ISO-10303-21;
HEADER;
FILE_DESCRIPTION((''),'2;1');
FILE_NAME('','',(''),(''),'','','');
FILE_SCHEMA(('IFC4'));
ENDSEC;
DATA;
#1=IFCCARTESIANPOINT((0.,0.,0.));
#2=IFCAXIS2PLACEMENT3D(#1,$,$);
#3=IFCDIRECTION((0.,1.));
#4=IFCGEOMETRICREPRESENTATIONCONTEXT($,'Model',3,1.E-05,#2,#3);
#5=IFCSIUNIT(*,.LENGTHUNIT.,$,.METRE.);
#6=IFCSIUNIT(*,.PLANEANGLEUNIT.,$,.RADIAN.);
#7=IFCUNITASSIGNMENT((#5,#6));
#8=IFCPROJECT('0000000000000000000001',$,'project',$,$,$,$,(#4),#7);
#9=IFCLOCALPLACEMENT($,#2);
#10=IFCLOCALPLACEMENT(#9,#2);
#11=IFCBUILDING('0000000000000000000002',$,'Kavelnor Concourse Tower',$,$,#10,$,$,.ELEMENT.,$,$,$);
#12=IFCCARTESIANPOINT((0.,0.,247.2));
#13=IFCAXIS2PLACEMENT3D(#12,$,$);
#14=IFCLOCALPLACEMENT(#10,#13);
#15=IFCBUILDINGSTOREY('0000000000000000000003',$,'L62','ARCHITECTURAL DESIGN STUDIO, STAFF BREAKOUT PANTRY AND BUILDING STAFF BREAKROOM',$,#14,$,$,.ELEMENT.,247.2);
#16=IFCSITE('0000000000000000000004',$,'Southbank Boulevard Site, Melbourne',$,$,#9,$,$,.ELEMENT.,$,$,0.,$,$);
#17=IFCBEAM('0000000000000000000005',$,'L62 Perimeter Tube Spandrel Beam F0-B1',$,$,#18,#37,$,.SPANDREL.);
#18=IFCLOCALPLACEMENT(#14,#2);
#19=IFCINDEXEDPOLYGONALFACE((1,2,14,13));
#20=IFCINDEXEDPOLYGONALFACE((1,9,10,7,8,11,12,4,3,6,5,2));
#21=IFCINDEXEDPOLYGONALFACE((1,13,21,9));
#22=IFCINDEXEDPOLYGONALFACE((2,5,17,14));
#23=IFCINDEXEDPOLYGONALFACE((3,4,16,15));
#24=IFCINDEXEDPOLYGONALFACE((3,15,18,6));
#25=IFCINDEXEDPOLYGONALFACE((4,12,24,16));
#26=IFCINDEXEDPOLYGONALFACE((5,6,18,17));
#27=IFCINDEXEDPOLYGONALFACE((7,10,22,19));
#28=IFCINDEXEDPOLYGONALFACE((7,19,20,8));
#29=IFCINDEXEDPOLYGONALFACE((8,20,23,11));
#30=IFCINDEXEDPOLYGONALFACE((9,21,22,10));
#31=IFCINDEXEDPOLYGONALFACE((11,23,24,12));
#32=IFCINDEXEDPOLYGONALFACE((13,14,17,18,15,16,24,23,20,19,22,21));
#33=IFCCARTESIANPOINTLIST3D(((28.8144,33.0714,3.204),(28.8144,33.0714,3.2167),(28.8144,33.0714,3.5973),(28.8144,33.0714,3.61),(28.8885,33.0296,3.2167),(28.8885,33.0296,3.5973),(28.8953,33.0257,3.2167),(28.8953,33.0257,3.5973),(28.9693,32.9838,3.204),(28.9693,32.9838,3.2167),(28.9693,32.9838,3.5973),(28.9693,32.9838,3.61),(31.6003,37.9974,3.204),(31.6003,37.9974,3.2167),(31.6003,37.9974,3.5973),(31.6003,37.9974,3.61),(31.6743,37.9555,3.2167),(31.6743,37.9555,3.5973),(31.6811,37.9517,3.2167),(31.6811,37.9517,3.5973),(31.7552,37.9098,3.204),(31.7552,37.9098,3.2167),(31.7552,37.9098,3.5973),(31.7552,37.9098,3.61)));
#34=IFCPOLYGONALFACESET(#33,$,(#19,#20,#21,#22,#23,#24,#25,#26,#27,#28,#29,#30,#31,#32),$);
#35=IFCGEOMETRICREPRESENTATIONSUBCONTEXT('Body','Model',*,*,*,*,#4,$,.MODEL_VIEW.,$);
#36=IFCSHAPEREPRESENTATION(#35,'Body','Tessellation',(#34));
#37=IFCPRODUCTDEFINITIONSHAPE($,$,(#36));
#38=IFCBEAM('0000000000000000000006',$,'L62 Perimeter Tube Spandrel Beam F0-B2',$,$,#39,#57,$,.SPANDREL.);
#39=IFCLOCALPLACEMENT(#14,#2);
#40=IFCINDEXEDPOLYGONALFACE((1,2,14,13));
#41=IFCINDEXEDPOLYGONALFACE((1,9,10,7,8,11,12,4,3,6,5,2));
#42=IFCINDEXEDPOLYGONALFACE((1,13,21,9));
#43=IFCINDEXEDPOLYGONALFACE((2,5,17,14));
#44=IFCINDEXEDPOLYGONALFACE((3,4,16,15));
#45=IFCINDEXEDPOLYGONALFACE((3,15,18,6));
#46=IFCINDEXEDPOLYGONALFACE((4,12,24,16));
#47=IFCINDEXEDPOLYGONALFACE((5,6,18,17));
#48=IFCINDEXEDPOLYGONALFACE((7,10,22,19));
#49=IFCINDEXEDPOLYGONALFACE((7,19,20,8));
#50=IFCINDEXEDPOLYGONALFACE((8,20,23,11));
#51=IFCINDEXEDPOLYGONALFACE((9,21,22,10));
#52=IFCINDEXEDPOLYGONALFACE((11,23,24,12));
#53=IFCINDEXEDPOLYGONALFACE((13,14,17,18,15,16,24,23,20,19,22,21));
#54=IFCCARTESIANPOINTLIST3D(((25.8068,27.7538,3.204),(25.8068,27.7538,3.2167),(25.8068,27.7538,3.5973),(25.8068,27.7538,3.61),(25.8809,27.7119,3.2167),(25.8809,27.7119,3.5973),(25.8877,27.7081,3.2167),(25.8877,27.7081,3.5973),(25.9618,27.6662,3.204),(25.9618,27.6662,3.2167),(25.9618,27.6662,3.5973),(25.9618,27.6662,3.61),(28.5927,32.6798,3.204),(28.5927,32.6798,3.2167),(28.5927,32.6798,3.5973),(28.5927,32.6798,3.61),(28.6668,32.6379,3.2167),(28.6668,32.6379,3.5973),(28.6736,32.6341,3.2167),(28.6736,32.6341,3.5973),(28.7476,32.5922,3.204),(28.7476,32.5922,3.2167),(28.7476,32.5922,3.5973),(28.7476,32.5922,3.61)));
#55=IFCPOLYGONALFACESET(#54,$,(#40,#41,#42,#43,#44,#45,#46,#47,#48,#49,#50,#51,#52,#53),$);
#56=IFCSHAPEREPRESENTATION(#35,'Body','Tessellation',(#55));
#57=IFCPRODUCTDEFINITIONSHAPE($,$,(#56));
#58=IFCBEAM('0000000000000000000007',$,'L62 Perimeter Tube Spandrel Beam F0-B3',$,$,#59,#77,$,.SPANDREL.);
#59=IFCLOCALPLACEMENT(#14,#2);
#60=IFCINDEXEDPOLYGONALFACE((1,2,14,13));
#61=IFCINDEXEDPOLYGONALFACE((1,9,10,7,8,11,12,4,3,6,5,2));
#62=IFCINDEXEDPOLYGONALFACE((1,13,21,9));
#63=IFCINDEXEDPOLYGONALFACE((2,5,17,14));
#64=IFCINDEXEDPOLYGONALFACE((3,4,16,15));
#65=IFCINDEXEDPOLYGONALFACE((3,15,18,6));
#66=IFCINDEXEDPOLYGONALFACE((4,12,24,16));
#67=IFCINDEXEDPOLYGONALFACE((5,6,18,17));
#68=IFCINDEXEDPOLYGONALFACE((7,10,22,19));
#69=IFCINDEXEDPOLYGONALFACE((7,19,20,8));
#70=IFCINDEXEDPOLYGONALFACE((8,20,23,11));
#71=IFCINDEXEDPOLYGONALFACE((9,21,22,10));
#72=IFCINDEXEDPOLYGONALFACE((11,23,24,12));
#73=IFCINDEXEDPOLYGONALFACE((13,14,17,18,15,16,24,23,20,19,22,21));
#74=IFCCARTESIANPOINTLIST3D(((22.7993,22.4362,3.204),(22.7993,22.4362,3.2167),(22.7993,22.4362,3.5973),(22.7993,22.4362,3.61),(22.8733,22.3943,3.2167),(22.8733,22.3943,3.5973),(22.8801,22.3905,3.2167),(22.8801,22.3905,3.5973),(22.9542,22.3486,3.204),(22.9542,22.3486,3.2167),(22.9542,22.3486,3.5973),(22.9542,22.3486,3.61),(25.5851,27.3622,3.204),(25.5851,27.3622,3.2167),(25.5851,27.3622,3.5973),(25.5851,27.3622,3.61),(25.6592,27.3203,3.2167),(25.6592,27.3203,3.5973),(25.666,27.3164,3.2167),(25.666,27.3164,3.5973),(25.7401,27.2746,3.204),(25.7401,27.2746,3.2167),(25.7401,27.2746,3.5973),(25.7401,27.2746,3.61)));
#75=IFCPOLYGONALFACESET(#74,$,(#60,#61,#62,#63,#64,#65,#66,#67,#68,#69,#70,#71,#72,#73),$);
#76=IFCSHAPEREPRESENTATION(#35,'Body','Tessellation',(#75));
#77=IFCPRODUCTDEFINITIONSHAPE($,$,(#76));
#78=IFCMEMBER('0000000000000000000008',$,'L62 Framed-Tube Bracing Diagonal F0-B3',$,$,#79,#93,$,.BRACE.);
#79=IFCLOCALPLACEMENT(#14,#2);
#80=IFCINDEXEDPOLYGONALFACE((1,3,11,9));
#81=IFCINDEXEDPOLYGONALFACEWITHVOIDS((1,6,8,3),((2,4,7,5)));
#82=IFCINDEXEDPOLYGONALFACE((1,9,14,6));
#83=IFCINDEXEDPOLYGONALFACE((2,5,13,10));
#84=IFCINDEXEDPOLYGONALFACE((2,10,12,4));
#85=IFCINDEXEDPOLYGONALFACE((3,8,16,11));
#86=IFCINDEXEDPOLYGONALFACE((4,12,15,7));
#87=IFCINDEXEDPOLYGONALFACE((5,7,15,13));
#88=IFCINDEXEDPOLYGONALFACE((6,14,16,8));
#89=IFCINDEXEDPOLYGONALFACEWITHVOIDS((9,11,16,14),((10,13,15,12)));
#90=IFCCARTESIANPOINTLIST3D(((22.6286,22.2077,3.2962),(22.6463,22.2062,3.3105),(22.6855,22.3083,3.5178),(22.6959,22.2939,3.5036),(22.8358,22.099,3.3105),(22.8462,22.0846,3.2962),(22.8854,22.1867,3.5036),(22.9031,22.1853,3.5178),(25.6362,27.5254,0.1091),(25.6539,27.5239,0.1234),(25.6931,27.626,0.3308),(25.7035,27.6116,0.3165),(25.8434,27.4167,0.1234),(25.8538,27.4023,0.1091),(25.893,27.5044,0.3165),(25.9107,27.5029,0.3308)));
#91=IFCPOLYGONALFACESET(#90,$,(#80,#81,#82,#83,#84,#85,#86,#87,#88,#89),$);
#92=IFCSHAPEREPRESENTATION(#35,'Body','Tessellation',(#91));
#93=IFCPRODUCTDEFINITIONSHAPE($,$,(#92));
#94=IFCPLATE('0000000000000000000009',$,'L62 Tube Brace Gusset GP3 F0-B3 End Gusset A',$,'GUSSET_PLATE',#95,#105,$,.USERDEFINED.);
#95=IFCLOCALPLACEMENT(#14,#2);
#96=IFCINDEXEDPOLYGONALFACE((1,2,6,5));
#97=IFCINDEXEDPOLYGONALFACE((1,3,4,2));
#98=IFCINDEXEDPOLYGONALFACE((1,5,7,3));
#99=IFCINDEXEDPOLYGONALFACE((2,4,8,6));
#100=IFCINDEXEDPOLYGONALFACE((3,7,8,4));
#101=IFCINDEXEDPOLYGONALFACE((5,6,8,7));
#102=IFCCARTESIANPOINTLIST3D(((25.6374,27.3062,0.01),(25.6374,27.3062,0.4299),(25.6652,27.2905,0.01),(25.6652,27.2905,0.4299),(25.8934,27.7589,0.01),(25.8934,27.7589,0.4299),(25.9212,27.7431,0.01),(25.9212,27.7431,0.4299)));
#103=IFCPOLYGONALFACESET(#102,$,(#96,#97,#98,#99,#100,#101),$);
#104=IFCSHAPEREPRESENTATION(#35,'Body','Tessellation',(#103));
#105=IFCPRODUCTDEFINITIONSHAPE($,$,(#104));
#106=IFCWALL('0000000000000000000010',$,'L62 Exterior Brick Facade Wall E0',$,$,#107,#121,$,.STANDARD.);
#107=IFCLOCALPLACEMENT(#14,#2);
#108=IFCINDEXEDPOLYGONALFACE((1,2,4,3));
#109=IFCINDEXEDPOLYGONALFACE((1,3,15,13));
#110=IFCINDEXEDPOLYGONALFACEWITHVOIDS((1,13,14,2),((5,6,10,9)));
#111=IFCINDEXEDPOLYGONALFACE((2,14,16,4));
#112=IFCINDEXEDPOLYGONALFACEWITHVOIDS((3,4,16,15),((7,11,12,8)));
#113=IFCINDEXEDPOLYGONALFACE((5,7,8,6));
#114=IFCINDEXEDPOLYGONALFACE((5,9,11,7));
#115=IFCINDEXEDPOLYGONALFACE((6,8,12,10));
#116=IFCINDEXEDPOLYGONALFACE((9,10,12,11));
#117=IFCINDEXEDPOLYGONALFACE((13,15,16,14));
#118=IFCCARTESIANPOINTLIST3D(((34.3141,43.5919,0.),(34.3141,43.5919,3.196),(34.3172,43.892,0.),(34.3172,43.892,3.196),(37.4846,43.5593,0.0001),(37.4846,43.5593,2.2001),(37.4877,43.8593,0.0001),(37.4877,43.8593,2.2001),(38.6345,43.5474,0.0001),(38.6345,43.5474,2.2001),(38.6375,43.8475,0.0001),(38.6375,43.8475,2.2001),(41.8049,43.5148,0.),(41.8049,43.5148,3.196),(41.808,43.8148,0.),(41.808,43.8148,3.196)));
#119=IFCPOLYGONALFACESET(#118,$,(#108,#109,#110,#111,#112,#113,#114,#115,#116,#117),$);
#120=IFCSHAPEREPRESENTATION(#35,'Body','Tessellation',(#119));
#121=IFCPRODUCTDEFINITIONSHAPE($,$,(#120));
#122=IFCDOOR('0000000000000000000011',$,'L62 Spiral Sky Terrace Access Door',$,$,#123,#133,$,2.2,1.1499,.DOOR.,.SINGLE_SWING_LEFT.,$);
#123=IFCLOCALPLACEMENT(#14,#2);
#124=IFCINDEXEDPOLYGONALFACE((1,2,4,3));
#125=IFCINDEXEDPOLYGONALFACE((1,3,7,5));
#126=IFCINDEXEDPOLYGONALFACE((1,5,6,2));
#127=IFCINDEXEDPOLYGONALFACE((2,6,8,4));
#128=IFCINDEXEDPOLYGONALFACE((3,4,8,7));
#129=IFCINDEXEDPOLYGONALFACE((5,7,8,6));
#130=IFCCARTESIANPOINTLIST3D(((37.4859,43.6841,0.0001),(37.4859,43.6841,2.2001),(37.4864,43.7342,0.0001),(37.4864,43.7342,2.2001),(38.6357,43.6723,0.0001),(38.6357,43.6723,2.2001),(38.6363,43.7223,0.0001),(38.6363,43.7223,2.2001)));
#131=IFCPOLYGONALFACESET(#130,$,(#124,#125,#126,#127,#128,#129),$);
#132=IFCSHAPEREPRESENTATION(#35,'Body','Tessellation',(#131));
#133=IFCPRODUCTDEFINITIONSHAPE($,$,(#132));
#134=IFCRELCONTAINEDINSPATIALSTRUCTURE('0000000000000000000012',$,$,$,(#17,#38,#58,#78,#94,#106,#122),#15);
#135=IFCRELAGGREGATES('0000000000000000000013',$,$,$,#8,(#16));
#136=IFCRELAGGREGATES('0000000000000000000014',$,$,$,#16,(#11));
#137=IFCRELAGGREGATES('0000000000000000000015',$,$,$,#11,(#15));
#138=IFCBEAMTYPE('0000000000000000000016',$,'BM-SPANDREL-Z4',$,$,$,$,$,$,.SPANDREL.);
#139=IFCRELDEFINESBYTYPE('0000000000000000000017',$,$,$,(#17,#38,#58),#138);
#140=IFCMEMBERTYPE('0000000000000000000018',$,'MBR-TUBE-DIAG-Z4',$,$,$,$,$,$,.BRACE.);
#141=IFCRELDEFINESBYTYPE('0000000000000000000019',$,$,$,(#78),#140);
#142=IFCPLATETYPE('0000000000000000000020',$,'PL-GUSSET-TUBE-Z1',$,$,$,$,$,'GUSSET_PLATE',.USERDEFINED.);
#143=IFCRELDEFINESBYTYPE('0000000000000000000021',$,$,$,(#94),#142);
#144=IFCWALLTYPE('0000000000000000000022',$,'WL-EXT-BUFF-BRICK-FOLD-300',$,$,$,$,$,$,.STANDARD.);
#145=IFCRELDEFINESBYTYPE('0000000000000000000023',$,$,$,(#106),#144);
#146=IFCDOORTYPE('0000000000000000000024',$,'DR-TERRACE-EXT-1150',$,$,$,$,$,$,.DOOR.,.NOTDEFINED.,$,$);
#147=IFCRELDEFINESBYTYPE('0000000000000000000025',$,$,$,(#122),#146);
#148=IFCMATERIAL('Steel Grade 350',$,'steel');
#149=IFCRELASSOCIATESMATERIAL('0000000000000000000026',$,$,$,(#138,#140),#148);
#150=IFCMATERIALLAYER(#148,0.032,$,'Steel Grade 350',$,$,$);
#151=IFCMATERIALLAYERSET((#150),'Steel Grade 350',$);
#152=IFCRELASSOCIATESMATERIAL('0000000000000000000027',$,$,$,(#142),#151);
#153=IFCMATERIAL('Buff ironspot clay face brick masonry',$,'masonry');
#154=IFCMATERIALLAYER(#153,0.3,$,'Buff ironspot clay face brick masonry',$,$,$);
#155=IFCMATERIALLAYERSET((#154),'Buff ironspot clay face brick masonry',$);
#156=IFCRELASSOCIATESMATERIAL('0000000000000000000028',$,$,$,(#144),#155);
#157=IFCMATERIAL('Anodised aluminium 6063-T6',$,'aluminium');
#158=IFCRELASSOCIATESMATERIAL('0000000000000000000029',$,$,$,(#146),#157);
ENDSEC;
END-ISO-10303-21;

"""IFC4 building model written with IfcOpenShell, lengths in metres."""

from ifc_helpers import new_model, si_unit, direction, frame, frame_2d, origin, origin_2d, place, context, subcontext, project, spatial, rectangle, hollow_rectangle, i_section, extrude, material, layer, layer_set, material_profile, profile_set, type_object, element, fill, save


model = new_model("IFC4")

# Units and contexts
model_context = context("Model", 3, precision=1e-05, world=origin(), true_north=direction((0.0, 1.0)))
body_context = subcontext(model_context, "Body", "Model", "MODEL_VIEW")
ifc_project = project(units=[si_unit("LENGTHUNIT", "METRE"), si_unit("PLANEANGLEUNIT", "RADIAN")], contexts=[model_context])

# Site, building, storey
site_placement = place(None, origin())
site = spatial("IfcSite", under=ifc_project, at=site_placement, Name="Southbank Boulevard Site, Melbourne", CompositionType="ELEMENT", RefElevation=0.0)
building_placement = place(site_placement, origin())
building = spatial("IfcBuilding", under=site, at=building_placement, Name="Kavelnor Concourse Tower", CompositionType="ELEMENT")
storey_placement = place(building_placement, frame((0.0, 0.0, 247.2)))
storey = spatial("IfcBuildingStorey", under=building, at=storey_placement, Name="L62", Description="ARCHITECTURAL DESIGN STUDIO, STAFF BREAKOUT PANTRY AND BUILDING STAFF BREAKROOM", CompositionType="ELEMENT", Elevation=247.2)

# Shared definitions
ifc_material_1 = material(Name="Steel Grade 350", Category="steel")

# Beams
ifc_material_profile_1 = material_profile(ifc_material_1, i_section(OverallWidth=0.178, OverallDepth=0.406, WebThickness=0.0078, FlangeThickness=0.0127, at=origin_2d()), Name="410UB59")
ifc_profile_set_1 = profile_set([ifc_material_profile_1], Name="Steel Grade 350")
beam_type_1 = type_object("IfcBeamType", Name="BM-SPANDREL-Z4", PredefinedType="SPANDREL", material=ifc_profile_set_1)
for number, where, z_axis, x_axis, name in (
    (1, (31.6777, 37.9536, 3.407), (-0.492273, -0.870441, 0.0), (0.870441, -0.492273, 0.0), "L62 Perimeter Tube Spandrel Beam F0-B1"),
    (2, (28.6702, 32.636, 3.407), (-0.492273, -0.870441, 0.0), (0.870441, -0.492273, 0.0), "L62 Perimeter Tube Spandrel Beam F0-B2"),
    (3, (25.6626, 27.3184, 3.407), (-0.492273, -0.870441, 0.0), (0.870441, -0.492273, 0.0), "L62 Perimeter Tube Spandrel Beam F0-B3"),
):
    element("IfcBeam", number, at=place(storey_placement, frame(where, z_axis=z_axis, x_axis=x_axis)), inside=storey, type_object=beam_type_1, Name=name, PredefinedType="SPANDREL", context=body_context, shape_type="SweptSolid", body=[
        extrude(i_section(OverallWidth=0.178, OverallDepth=0.406, WebThickness=0.0078, FlangeThickness=0.0127, at=origin_2d()), origin(), (0.0, 0.0, 1.0), 5.6592),
    ])

# Member
ifc_material_profile_2 = material_profile(ifc_material_1, hollow_rectangle(XDim=0.25, YDim=0.25, WallThickness=0.0161, at=origin_2d()), Name="SHS 250x250x16")
ifc_profile_set_2 = profile_set([ifc_material_profile_2], Name="Steel Grade 350")
member_type = type_object("IfcMemberType", Name="MBR-TUBE-DIAG-Z4", PredefinedType="BRACE", material=ifc_profile_set_2)
member_placement = place(storey_placement, frame((25.7734, 27.5142, 0.22), z_axis=(-0.436477, -0.771728, 0.462519), x_axis=(0.870426, -0.4923, 0.0)))
element("IfcMember", 4, at=member_placement, inside=storey, type_object=member_type, Name="L62 Framed-Tube Bracing Diagonal F0-B3", PredefinedType="BRACE", context=body_context, shape_type="SweptSolid", body=[
    extrude(hollow_rectangle(XDim=0.25, YDim=0.25, WallThickness=0.0161, at=origin_2d()), origin(), (0.0, 0.0, 1.0), 6.8906),
])

# Plate
ifc_layer_1 = layer(ifc_material_1, 0.032, Name="Steel Grade 350")
ifc_layer_set_1 = layer_set([ifc_layer_1], Name="Steel Grade 350")
plate_type = type_object("IfcPlateType", Name="PL-GUSSET-TUBE-Z1", ElementType="GUSSET_PLATE", PredefinedType="USERDEFINED", material=ifc_layer_set_1)
plate_placement = place(storey_placement, frame((25.7793, 27.5247, 0.01), z_axis=(0.0, 0.0, 1.0), x_axis=(-0.492272, -0.870442, 0.0)))
element("IfcPlate", 5, at=plate_placement, inside=storey, type_object=plate_type, Name="L62 Tube Brace Gusset GP3 F0-B3 End Gusset A", ObjectType="GUSSET_PLATE", PredefinedType="USERDEFINED", context=body_context, shape_type="SweptSolid", body=[
    extrude(rectangle(XDim=0.52, YDim=0.032, at=origin_2d()), origin(), (0.0, 0.0, 1.0), 0.4199),
])

# Wall, opening, door
ifc_material_2 = material(Name="Buff ironspot clay face brick masonry", Category="masonry")
ifc_layer_2 = layer(ifc_material_2, 0.3, Name="Buff ironspot clay face brick masonry")
ifc_layer_set_2 = layer_set([ifc_layer_2], Name="Buff ironspot clay face brick masonry")
wall_type_1 = type_object("IfcWallType", Name="WL-EXT-BUFF-BRICK-FOLD-300", PredefinedType="STANDARD", material=ifc_layer_set_2)
wall_1_placement = place(storey_placement, frame((34.3157, 43.7419, 0.0), z_axis=(0.0, 0.0, 1.0), x_axis=(0.999947, -0.010299, 0.0)))
wall_1 = element("IfcWall", 6, at=wall_1_placement, inside=storey, type_object=wall_type_1, Name="L62 Exterior Brick Facade Wall E0", PredefinedType="STANDARD", context=body_context, shape_type="SweptSolid", body=[
    extrude(rectangle(XDim=7.4912, YDim=0.3, at=frame_2d((3.7456, 0.0))), origin(), (0.0, 0.0, 1.0), 3.196),
])
opening_1_placement = place(wall_1_placement, frame((3.1707, 0.0, 0.0)))
opening_1 = element("IfcOpeningElement", 7, at=opening_1_placement, cuts=wall_1, PredefinedType="OPENING", context=body_context, shape_type="SweptSolid", body=[
    extrude(rectangle(XDim=1.1499, YDim=2.2, at=frame_2d((0.575, 1.1001))), frame((0.0, 0.1602, 0.0), z_axis=(0.0, -1.0, 0.0), x_axis=(1.0, 0.0, 0.0)), (0.0, 0.0, 1.0), 0.3201),
])
ifc_material_3 = material(Name="Anodised aluminium 6063-T6", Category="aluminium")
door_type_1 = type_object("IfcDoorType", Name="DR-TERRACE-EXT-1150", OperationType="NOTDEFINED", PredefinedType="DOOR", material=ifc_material_3)
door_1_placement = place(opening_1_placement, origin())
door_1 = element("IfcDoor", 8, at=door_1_placement, inside=storey, type_object=door_type_1, Name="L62 Spiral Sky Terrace Access Door", OperationType="SINGLE_SWING_LEFT", OverallHeight=2.2, OverallWidth=1.1499, PredefinedType="DOOR", context=body_context, shape_type="SweptSolid", body=[
    extrude(rectangle(XDim=1.1499, YDim=2.2, at=frame_2d((0.575, 1.1001))), frame((0.0, 0.0249, 0.0), z_axis=(0.0, -1.0, 0.0), x_axis=(1.0, 0.0, 0.0)), (0.0, 0.0, 1.0), 0.05),
])
fill(opening_1, door_1)

save(model, "model.ifc")
